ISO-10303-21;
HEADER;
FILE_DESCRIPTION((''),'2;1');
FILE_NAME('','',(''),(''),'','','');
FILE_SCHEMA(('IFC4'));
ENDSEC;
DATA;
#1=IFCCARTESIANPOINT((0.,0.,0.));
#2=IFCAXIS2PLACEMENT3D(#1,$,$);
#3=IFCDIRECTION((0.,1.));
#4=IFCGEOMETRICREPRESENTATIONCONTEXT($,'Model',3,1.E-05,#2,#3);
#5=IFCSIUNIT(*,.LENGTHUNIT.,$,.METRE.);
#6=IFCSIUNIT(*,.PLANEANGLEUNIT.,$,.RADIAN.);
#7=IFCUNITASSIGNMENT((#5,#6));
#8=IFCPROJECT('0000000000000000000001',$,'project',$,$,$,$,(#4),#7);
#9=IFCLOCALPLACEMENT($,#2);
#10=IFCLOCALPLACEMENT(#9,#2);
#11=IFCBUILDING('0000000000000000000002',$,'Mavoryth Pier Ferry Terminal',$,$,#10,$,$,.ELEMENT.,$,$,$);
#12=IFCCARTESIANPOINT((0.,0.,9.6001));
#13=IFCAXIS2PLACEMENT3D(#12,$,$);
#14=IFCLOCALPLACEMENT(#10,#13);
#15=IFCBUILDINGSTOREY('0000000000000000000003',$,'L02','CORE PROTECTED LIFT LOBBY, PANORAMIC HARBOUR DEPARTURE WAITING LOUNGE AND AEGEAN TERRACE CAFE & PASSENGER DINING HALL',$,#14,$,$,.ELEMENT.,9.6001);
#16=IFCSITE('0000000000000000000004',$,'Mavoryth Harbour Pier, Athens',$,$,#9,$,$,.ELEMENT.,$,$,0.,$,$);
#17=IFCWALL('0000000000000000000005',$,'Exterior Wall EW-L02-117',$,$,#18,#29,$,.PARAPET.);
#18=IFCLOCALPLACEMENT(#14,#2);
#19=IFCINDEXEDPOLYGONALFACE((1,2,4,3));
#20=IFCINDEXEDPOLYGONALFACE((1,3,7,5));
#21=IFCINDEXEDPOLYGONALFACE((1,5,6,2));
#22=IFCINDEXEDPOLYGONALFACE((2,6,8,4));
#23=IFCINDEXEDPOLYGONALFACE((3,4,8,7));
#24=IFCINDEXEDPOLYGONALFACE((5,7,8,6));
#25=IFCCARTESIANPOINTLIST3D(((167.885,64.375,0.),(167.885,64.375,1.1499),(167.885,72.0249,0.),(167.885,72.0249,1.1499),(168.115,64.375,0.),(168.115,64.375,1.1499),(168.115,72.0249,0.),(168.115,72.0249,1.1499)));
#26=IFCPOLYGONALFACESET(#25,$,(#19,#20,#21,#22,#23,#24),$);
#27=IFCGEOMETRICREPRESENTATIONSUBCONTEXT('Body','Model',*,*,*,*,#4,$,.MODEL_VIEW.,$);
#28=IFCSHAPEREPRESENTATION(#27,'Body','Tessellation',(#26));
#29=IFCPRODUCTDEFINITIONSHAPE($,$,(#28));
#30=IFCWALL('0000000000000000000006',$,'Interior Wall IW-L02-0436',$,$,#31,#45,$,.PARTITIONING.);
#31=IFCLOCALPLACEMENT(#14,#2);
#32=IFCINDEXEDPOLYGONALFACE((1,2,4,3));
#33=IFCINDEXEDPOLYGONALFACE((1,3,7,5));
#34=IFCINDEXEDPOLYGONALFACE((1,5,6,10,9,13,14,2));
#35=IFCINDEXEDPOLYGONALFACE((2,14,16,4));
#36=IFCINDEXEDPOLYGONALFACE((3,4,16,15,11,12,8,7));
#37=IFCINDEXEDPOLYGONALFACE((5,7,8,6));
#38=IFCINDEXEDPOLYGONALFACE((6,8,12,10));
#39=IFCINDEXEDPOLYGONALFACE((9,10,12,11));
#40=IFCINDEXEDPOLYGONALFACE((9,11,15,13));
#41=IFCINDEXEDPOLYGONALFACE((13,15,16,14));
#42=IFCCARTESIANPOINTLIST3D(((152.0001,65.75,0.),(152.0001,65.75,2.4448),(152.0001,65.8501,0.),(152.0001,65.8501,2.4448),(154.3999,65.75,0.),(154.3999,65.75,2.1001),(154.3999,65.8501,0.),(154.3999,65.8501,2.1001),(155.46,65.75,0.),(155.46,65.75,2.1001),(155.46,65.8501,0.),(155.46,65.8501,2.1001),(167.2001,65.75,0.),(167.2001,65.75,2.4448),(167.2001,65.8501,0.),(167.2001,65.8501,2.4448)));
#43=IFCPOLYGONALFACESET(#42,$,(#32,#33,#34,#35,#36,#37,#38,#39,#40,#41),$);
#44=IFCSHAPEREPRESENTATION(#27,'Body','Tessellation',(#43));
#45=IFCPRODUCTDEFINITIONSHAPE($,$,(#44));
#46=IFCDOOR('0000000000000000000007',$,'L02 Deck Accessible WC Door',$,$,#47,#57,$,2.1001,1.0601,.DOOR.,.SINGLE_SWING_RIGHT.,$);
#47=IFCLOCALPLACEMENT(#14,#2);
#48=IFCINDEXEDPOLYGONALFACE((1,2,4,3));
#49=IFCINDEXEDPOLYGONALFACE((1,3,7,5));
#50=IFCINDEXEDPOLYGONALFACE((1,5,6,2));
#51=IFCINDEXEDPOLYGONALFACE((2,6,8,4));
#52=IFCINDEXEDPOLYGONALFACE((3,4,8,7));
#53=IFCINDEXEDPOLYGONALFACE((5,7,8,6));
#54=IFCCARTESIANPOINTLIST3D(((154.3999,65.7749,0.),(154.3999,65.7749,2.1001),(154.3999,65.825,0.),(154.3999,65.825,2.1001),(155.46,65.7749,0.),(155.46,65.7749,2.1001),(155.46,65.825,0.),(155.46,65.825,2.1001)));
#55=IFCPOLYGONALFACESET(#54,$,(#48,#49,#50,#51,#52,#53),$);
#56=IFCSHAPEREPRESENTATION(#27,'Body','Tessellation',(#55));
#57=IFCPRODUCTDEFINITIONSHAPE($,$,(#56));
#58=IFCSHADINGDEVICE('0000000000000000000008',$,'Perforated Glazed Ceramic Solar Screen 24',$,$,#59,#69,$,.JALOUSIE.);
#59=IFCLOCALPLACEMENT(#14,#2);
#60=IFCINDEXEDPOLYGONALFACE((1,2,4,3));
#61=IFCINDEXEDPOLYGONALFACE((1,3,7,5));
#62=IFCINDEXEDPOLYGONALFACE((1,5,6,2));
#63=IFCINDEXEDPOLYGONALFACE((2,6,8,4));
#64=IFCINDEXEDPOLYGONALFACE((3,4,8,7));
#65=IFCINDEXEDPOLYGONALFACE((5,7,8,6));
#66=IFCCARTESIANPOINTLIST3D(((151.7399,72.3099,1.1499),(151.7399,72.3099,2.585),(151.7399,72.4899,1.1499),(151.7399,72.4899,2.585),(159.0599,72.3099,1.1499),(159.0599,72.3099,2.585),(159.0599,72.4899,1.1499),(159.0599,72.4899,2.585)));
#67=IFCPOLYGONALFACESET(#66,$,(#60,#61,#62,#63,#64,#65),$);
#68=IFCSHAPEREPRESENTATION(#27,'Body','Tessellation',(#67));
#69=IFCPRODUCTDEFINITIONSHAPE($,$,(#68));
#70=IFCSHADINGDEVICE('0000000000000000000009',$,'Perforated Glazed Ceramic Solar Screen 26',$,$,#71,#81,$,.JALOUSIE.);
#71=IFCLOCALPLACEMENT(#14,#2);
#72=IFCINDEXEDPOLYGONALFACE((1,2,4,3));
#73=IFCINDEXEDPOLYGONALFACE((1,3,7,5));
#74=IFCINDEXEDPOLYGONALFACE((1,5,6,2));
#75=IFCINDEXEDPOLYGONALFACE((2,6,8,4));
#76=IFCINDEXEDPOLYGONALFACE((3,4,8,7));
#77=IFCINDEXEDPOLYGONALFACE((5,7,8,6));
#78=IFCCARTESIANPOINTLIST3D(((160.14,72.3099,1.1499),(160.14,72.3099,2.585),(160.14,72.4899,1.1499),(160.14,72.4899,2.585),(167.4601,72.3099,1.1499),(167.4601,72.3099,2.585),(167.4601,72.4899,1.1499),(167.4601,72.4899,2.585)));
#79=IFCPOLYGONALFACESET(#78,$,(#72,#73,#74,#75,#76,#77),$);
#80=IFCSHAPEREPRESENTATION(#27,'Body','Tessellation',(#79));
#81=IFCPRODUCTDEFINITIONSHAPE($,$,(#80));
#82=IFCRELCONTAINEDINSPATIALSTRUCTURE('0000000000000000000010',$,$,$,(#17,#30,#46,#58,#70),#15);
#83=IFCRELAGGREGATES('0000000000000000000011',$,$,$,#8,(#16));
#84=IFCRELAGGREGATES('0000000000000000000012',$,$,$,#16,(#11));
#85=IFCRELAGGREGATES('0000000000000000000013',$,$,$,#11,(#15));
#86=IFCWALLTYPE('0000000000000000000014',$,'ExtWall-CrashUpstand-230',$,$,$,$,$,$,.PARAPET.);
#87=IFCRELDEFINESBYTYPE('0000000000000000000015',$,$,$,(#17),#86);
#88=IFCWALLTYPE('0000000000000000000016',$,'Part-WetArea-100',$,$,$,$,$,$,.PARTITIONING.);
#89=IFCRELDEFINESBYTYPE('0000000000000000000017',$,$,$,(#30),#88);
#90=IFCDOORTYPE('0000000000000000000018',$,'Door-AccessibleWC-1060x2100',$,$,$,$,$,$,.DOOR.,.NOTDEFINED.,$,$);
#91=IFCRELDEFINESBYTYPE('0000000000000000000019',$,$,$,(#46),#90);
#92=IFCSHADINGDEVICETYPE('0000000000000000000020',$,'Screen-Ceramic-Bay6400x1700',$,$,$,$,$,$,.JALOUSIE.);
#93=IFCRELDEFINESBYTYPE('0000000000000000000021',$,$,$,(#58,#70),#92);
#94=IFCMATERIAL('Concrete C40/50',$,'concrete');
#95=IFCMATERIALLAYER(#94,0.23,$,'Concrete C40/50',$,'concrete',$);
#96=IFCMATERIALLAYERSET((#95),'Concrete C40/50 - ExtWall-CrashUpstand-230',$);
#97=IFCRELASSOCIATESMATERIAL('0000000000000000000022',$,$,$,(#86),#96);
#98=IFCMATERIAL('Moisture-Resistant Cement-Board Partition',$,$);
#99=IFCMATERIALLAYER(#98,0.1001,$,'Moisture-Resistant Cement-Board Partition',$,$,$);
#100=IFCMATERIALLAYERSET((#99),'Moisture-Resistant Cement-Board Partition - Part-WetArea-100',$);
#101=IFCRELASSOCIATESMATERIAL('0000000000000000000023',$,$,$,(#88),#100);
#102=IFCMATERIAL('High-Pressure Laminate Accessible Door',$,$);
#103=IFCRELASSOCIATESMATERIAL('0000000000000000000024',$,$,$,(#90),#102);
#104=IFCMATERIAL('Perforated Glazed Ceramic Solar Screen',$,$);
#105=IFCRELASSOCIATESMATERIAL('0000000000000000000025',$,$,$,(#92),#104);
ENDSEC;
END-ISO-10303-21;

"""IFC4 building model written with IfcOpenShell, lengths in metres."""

from ifc_helpers import new_model, si_unit, direction, frame, frame_2d, origin, origin_2d, place, context, subcontext, project, spatial, rectangle, extrude, material, layer, layer_set, type_object, element, fill, save


model = new_model("IFC4")

# Units and contexts
model_context = context("Model", 3, precision=1e-05, world=origin(), true_north=direction((0.0, 1.0)))
body_context = subcontext(model_context, "Body", "Model", "MODEL_VIEW")
ifc_project = project(units=[si_unit("LENGTHUNIT", "METRE"), si_unit("PLANEANGLEUNIT", "RADIAN")], contexts=[model_context])

# Site, building, storey
site_placement = place(None, origin())
site = spatial("IfcSite", under=ifc_project, at=site_placement, Name="Mavoryth Harbour Pier, Athens", CompositionType="ELEMENT", RefElevation=0.0)
building_placement = place(site_placement, origin())
building = spatial("IfcBuilding", under=site, at=building_placement, Name="Mavoryth Pier Ferry Terminal", CompositionType="ELEMENT")
storey_placement = place(building_placement, frame((0.0, 0.0, 9.6001)))
storey = spatial("IfcBuildingStorey", under=building, at=storey_placement, Name="L02", Description="CORE PROTECTED LIFT LOBBY, PANORAMIC HARBOUR DEPARTURE WAITING LOUNGE AND AEGEAN TERRACE CAFE & PASSENGER DINING HALL", CompositionType="ELEMENT", Elevation=9.6001)

# Shared definitions
ifc_material_1 = material(Name="Concrete C40/50", Category="concrete")

# Wall
ifc_layer_1 = layer(ifc_material_1, 0.23, Name="Concrete C40/50", Category="concrete")
ifc_layer_set_1 = layer_set([ifc_layer_1], Name="Concrete C40/50 - ExtWall-CrashUpstand-230")
wall_type_1 = type_object("IfcWallType", Name="ExtWall-CrashUpstand-230", PredefinedType="PARAPET", material=ifc_layer_set_1)
for number, where, z_axis, x_axis, name in (
    (1, (168.0, 64.375, 0.0), (0.0, 0.0, 1.0), (0.0, 1.0, 0.0), "Exterior Wall EW-L02-117"),
):
    element("IfcWall", number, at=place(storey_placement, frame(where, z_axis=z_axis, x_axis=x_axis)), inside=storey, type_object=wall_type_1, Name=name, PredefinedType="PARAPET", context=body_context, shape_type="SweptSolid", body=[
        extrude(rectangle(XDim=7.6499, YDim=0.23, at=frame_2d((3.825, 0.0))), origin(), (0.0, 0.0, 1.0), 1.1499),
    ])

# Wall, opening, door
ifc_material_2 = material(Name="Moisture-Resistant Cement-Board Partition")
ifc_layer_2 = layer(ifc_material_2, 0.1001, Name="Moisture-Resistant Cement-Board Partition")
ifc_layer_set_2 = layer_set([ifc_layer_2], Name="Moisture-Resistant Cement-Board Partition - Part-WetArea-100")
wall_type_2 = type_object("IfcWallType", Name="Part-WetArea-100", PredefinedType="PARTITIONING", material=ifc_layer_set_2)
wall_placement = place(storey_placement, frame((152.0, 65.8, 0.0), z_axis=(0.0, 0.0, 1.0), x_axis=(1.0, 0.0, 0.0)))
wall = element("IfcWall", 2, at=wall_placement, inside=storey, type_object=wall_type_2, Name="Interior Wall IW-L02-0436", PredefinedType="PARTITIONING", context=body_context, shape_type="SweptSolid", body=[
    extrude(rectangle(XDim=15.2, YDim=0.1001, at=frame_2d((7.6001, 0.0))), origin(), (0.0, 0.0, 1.0), 2.4448),
])
opening_placement = place(wall_placement, frame((2.3999, 0.0, 0.0)))
opening = element("IfcOpeningElement", 3, at=opening_placement, cuts=wall, PredefinedType="OPENING", context=body_context, shape_type="SweptSolid", body=[
    extrude(rectangle(XDim=1.0601, YDim=2.1001, at=frame_2d((0.53, 1.05))), frame((0.0, 0.0601, 0.0), z_axis=(0.0, -1.0, 0.0), x_axis=(1.0, 0.0, 0.0)), (0.0, 0.0, 1.0), 0.1201),
])
ifc_material_3 = material(Name="High-Pressure Laminate Accessible Door")
door_type = type_object("IfcDoorType", Name="Door-AccessibleWC-1060x2100", OperationType="NOTDEFINED", PredefinedType="DOOR", material=ifc_material_3)
door_placement = place(opening_placement, origin())
door = element("IfcDoor", 4, at=door_placement, inside=storey, type_object=door_type, Name="L02 Deck Accessible WC Door", OperationType="SINGLE_SWING_RIGHT", OverallHeight=2.1001, OverallWidth=1.0601, PredefinedType="DOOR", context=body_context, shape_type="SweptSolid", body=[
    extrude(rectangle(XDim=1.0601, YDim=2.1001, at=frame_2d((0.53, 1.05))), frame((0.0, 0.0249, 0.0), z_axis=(0.0, -1.0, 0.0), x_axis=(1.0, 0.0, 0.0)), (0.0, 0.0, 1.0), 0.05),
])
fill(opening, door)

# Shading devices
ifc_material_4 = material(Name="Perforated Glazed Ceramic Solar Screen")
shading_device_type = type_object("IfcShadingDeviceType", Name="Screen-Ceramic-Bay6400x1700", PredefinedType="JALOUSIE", material=ifc_material_4)
for number, where, z_axis, x_axis, name in (
    (5, (155.3999, 72.3999, 1.1499), (0.0, 0.0, 1.0), (1.0, 0.0, 0.0), "Perforated Glazed Ceramic Solar Screen 24"),
    (6, (163.8, 72.3999, 1.1499), (0.0, 0.0, 1.0), (1.0, 0.0, 0.0), "Perforated Glazed Ceramic Solar Screen 26"),
):
    element("IfcShadingDevice", number, at=place(storey_placement, frame(where, z_axis=z_axis, x_axis=x_axis)), inside=storey, type_object=shading_device_type, Name=name, PredefinedType="JALOUSIE", context=body_context, shape_type="SweptSolid", body=[
        extrude(rectangle(XDim=7.3201, YDim=0.1799, at=origin_2d()), origin(), (0.0, 0.0, 1.0), 1.4351),
    ])

save(model, "model.ifc")
